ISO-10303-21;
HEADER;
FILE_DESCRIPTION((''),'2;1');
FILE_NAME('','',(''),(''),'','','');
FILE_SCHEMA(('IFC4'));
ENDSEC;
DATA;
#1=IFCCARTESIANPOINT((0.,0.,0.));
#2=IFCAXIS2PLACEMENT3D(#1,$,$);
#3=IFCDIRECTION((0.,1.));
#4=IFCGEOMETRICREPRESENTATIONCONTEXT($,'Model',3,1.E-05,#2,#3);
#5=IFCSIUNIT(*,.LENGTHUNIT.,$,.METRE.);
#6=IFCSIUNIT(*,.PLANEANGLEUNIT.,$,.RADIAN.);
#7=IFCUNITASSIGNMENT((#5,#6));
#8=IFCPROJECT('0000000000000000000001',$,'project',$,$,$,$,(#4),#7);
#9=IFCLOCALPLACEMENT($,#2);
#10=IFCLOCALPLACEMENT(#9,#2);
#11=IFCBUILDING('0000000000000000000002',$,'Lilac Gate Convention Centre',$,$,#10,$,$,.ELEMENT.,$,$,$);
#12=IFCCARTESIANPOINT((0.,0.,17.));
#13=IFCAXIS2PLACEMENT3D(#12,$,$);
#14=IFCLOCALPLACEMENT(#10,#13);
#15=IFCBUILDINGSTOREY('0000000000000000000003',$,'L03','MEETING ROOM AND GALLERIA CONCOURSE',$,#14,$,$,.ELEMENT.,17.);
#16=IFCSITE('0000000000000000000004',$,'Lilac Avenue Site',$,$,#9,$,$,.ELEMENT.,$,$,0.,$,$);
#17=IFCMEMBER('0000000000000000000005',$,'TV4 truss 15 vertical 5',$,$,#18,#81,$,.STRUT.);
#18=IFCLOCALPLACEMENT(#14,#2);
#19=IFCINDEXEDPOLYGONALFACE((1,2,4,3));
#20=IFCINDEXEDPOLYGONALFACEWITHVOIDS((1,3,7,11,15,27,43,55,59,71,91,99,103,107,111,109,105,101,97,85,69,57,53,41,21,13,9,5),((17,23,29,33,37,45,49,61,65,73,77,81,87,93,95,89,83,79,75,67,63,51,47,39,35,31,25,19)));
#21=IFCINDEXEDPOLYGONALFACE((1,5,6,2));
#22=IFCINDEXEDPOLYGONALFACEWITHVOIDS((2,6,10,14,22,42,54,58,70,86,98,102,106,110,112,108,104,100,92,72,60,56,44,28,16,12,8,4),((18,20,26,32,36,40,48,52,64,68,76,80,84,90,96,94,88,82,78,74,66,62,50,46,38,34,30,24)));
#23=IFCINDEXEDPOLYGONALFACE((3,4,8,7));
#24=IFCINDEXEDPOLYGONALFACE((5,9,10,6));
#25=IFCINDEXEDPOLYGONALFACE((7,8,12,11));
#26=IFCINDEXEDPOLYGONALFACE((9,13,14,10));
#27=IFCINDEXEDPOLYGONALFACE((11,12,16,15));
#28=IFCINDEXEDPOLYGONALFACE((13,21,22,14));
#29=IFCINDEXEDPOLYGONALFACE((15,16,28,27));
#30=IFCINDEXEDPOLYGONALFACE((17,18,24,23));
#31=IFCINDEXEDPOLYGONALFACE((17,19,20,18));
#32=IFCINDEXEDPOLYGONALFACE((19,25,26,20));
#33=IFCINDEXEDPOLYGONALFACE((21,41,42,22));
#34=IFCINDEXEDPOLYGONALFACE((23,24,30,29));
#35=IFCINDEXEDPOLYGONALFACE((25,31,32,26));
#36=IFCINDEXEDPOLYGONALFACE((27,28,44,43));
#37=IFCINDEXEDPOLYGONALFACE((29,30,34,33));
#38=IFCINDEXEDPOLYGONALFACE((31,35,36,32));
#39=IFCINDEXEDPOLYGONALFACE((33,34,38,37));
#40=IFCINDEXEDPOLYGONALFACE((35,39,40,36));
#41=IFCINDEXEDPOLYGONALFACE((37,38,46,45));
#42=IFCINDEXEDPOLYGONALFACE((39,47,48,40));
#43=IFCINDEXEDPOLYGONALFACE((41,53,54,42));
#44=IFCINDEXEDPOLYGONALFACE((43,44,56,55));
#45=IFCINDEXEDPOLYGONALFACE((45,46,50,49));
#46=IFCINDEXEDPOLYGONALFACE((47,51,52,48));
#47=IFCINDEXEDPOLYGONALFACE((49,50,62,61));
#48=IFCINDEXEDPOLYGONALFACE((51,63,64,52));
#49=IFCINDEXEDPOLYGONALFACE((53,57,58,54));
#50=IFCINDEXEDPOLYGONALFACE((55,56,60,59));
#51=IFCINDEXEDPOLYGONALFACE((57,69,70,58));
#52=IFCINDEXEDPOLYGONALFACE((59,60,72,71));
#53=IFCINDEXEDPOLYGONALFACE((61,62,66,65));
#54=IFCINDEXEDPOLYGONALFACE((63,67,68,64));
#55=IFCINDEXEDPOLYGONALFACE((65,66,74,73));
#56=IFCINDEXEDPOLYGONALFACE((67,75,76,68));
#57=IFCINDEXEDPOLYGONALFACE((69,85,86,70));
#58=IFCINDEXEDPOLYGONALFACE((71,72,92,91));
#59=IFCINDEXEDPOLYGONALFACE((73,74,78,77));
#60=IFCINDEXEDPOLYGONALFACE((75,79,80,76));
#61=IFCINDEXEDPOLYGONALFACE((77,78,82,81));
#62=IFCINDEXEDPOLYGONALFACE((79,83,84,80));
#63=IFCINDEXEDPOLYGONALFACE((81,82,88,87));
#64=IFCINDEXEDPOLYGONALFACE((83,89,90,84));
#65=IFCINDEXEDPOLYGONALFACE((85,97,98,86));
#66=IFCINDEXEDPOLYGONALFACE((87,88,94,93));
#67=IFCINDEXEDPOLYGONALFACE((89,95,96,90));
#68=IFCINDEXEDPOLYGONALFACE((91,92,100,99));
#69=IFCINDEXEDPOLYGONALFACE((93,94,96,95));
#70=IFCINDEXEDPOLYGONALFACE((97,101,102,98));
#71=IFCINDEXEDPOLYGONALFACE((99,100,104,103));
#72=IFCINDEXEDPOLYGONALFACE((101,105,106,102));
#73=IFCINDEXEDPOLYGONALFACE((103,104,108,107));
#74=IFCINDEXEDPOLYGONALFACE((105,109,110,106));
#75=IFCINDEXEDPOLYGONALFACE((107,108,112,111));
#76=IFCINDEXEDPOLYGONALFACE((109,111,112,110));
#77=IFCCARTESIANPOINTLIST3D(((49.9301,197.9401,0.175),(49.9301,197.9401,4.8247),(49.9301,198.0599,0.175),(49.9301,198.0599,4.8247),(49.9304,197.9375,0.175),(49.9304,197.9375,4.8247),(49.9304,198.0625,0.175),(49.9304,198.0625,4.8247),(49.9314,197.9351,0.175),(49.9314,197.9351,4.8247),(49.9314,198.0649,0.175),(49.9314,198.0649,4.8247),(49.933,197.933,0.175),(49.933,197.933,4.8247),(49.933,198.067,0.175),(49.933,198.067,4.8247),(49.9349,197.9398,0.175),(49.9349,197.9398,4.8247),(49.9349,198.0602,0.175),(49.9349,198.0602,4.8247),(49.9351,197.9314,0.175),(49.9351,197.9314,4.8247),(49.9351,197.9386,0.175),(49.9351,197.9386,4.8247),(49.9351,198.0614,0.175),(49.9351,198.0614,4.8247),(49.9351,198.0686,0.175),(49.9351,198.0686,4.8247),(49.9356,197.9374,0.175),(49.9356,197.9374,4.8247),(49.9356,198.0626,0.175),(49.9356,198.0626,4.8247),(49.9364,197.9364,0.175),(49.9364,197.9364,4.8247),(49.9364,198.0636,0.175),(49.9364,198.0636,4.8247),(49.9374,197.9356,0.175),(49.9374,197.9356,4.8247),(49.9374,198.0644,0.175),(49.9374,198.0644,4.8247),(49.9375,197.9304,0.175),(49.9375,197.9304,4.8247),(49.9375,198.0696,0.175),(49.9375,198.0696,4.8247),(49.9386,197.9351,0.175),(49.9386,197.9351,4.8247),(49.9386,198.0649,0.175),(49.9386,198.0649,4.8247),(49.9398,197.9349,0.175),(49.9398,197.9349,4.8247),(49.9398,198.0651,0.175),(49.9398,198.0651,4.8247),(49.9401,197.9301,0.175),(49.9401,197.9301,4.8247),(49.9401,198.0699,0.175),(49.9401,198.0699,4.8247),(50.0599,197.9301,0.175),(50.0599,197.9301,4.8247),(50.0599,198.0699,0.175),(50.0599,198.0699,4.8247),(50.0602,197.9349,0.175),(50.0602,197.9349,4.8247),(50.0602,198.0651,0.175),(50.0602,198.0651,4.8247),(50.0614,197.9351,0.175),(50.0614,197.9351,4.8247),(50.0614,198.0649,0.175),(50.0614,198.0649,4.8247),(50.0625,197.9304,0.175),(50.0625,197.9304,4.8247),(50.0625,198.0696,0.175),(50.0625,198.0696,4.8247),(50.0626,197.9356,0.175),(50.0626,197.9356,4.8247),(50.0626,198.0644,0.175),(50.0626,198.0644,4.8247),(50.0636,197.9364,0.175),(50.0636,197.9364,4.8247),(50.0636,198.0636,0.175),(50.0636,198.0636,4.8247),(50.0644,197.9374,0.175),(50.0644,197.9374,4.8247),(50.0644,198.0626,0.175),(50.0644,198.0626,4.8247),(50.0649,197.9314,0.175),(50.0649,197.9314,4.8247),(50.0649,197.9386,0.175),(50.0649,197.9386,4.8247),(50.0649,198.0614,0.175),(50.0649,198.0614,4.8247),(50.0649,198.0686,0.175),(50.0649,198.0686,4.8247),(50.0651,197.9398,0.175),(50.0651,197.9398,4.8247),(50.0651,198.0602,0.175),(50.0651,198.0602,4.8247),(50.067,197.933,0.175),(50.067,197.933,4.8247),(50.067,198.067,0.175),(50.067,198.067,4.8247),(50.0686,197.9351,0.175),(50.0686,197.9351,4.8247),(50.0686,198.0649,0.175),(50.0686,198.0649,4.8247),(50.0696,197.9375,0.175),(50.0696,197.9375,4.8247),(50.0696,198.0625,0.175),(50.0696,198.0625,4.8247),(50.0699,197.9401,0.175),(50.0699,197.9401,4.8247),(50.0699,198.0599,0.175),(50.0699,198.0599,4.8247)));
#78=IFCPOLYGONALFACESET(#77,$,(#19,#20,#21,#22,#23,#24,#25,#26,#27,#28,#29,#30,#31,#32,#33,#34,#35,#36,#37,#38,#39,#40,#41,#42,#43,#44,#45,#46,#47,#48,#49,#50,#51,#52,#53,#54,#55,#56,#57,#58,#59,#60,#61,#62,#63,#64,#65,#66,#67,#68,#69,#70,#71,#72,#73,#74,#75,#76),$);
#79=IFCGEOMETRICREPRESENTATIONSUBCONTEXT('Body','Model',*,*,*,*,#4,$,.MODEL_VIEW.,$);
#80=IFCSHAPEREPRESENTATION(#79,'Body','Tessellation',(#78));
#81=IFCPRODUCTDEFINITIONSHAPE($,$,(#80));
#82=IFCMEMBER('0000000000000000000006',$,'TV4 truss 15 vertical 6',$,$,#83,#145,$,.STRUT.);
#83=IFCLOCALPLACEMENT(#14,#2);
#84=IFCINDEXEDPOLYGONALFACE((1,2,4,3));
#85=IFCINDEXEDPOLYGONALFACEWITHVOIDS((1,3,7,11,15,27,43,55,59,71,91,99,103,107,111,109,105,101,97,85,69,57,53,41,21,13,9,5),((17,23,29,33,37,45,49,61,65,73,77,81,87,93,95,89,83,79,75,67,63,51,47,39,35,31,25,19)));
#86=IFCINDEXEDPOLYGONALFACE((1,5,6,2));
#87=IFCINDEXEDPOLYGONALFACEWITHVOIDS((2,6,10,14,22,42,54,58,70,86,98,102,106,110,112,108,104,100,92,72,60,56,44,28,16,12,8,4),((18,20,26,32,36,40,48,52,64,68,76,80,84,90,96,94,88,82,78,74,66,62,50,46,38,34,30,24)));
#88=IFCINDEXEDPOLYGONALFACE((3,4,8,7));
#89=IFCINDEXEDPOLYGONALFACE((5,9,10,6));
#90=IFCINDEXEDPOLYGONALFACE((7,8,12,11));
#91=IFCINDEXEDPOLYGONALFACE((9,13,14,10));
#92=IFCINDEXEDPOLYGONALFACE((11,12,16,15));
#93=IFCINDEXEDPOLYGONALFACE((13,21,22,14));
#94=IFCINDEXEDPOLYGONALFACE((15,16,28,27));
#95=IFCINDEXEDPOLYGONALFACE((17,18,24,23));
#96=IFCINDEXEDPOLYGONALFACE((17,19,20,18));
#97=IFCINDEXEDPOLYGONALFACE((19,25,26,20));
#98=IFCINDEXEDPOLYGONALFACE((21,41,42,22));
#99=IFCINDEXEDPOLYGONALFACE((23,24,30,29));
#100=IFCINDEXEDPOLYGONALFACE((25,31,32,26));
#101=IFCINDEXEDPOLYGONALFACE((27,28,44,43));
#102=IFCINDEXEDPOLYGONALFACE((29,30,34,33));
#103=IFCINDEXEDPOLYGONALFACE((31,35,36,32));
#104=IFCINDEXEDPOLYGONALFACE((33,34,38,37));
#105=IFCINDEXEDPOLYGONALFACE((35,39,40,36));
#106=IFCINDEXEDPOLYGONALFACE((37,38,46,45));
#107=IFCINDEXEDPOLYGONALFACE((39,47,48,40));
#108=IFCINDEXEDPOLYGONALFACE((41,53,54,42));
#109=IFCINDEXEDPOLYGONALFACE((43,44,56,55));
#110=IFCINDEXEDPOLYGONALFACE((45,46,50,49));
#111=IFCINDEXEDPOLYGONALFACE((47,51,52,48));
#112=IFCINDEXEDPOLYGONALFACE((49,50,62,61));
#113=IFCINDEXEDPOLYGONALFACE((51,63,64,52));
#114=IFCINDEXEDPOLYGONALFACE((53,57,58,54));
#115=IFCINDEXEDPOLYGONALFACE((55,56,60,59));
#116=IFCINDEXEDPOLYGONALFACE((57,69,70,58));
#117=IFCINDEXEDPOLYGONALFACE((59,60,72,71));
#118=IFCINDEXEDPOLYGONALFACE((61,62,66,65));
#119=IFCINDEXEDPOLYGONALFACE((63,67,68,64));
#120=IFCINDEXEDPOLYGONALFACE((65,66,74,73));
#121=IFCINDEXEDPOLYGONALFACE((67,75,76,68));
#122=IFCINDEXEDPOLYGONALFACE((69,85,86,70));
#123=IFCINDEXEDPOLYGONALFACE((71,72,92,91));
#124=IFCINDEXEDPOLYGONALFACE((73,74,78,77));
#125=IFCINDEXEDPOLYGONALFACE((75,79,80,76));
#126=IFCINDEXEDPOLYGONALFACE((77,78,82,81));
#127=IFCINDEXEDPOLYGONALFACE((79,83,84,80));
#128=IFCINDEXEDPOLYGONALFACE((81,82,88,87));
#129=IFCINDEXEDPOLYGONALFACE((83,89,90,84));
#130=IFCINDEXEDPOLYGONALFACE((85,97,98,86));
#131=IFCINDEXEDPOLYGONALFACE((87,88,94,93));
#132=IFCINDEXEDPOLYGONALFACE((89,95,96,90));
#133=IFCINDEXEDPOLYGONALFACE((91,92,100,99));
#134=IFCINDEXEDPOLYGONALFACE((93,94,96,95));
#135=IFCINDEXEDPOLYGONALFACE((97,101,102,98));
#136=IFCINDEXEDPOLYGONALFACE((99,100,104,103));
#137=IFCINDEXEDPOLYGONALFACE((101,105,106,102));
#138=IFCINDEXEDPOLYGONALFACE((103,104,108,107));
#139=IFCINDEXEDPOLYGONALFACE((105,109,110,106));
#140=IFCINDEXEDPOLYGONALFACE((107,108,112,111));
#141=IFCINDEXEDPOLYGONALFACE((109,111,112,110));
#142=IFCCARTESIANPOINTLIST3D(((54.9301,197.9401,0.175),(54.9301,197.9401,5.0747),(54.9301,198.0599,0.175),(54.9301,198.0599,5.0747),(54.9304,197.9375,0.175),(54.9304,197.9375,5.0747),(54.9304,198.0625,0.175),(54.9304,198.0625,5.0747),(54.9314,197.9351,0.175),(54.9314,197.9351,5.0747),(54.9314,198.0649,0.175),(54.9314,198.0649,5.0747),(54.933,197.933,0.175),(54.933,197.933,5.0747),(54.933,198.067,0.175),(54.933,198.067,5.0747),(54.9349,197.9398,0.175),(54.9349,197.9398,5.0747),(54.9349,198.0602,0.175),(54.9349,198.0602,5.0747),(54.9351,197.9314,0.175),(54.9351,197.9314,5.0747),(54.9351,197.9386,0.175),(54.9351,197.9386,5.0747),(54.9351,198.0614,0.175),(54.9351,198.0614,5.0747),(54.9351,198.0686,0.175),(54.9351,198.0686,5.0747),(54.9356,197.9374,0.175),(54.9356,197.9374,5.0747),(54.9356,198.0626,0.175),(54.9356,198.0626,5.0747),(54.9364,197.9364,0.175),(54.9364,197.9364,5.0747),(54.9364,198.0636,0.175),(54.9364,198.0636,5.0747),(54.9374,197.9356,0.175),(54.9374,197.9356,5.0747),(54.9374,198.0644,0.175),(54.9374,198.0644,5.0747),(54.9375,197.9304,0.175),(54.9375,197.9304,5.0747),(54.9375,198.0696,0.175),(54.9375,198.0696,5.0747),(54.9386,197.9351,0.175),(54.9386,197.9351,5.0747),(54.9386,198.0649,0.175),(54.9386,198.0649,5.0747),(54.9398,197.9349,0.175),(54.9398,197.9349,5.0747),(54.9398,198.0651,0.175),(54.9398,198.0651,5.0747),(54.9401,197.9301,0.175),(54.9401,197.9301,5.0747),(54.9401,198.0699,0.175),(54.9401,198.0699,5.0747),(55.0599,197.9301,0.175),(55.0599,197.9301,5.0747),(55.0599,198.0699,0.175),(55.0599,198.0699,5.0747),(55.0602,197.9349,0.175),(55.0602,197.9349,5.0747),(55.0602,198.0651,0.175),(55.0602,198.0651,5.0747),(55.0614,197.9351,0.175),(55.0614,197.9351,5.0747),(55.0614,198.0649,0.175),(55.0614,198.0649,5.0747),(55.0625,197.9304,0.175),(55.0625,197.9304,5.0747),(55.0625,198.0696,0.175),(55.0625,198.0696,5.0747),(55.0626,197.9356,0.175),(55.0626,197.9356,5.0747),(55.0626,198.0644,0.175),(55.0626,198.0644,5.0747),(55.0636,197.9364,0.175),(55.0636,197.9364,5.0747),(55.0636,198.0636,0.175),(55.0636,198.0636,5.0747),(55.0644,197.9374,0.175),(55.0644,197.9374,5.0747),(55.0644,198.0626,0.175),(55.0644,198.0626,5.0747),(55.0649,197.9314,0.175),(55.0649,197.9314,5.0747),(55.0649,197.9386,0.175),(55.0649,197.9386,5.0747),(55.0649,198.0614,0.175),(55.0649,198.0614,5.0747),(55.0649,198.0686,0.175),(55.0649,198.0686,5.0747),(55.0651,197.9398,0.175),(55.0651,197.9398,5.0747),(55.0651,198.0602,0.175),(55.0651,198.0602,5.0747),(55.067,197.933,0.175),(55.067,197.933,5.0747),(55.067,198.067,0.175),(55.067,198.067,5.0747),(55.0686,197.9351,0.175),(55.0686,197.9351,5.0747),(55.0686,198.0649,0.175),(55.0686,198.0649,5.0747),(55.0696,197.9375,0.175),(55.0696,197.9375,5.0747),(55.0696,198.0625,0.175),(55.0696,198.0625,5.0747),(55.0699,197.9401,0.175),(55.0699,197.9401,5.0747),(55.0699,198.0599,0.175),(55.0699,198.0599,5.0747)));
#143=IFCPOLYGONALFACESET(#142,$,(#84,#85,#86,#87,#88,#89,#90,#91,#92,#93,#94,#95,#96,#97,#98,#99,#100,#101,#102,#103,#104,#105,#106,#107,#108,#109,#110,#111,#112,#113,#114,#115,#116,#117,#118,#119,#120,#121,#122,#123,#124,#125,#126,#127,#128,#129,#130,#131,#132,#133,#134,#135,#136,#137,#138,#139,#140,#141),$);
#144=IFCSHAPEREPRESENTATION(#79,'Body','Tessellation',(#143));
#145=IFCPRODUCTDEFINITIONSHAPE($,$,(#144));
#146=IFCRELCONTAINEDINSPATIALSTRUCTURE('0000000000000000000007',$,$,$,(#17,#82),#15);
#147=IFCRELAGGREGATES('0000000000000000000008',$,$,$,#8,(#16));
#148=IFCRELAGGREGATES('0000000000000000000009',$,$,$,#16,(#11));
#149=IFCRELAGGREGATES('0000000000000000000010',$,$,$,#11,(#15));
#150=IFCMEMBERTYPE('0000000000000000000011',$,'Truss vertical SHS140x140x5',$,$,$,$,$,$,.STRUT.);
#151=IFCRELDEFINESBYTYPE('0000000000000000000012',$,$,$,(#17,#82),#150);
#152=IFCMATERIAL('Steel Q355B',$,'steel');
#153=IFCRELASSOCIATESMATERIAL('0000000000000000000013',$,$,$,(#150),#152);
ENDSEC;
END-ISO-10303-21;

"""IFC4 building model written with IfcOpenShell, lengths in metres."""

from ifc_helpers import new_model, si_unit, direction, frame, origin, origin_2d, place, context, subcontext, project, spatial, hollow_rectangle, extrude, material, material_profile, profile_set, type_object, element, save


model = new_model("IFC4")

# Units and contexts
model_context = context("Model", 3, precision=1e-05, world=origin(), true_north=direction((0.0, 1.0)))
body_context = subcontext(model_context, "Body", "Model", "MODEL_VIEW")
ifc_project = project(units=[si_unit("LENGTHUNIT", "METRE"), si_unit("PLANEANGLEUNIT", "RADIAN")], contexts=[model_context])

# Site, building, storey
site_placement = place(None, origin())
site = spatial("IfcSite", under=ifc_project, at=site_placement, Name="Lilac Avenue Site", CompositionType="ELEMENT", RefElevation=0.0)
building_placement = place(site_placement, origin())
building = spatial("IfcBuilding", under=site, at=building_placement, Name="Lilac Gate Convention Centre", CompositionType="ELEMENT")
storey_placement = place(building_placement, frame((0.0, 0.0, 17.0)))
storey = spatial("IfcBuildingStorey", under=building, at=storey_placement, Name="L03", Description="MEETING ROOM AND GALLERIA CONCOURSE", CompositionType="ELEMENT", Elevation=17.0)

# Members
ifc_material = material(Name="Steel Q355B", Category="steel")
ifc_material_profile_1 = material_profile(ifc_material, hollow_rectangle(XDim=0.1399, YDim=0.1399, WallThickness=0.0049, InnerFilletRadius=0.0049, OuterFilletRadius=0.01, at=origin_2d()), Name="SHS140x140x5")
ifc_profile_set_1 = profile_set([ifc_material_profile_1], Name="Steel Q355B")
member_type_1 = type_object("IfcMemberType", Name="Truss vertical SHS140x140x5", PredefinedType="STRUT", material=ifc_profile_set_1)
member_1_placement = place(storey_placement, frame((50.0, 198.0, 0.175), z_axis=(0.0, 0.0, 1.0), x_axis=(1.0, 0.0, 0.0)))
element("IfcMember", 1, at=member_1_placement, inside=storey, type_object=member_type_1, Name="TV4 truss 15 vertical 5", PredefinedType="STRUT", context=body_context, shape_type="SweptSolid", body=[
    extrude(hollow_rectangle(XDim=0.1399, YDim=0.1399, WallThickness=0.0049, InnerFilletRadius=0.0049, OuterFilletRadius=0.01, at=origin_2d()), origin(), (0.0, 0.0, 1.0), 4.6497),
])
member_2_placement = place(storey_placement, frame((55.0, 198.0, 0.175), z_axis=(0.0, 0.0, 1.0), x_axis=(1.0, 0.0, 0.0)))
element("IfcMember", 2, at=member_2_placement, inside=storey, type_object=member_type_1, Name="TV4 truss 15 vertical 6", PredefinedType="STRUT", context=body_context, shape_type="SweptSolid", body=[
    extrude(hollow_rectangle(XDim=0.1399, YDim=0.1399, WallThickness=0.0049, InnerFilletRadius=0.0049, OuterFilletRadius=0.01, at=origin_2d()), origin(), (0.0, 0.0, 1.0), 4.8997),
])

save(model, "model.ifc")
